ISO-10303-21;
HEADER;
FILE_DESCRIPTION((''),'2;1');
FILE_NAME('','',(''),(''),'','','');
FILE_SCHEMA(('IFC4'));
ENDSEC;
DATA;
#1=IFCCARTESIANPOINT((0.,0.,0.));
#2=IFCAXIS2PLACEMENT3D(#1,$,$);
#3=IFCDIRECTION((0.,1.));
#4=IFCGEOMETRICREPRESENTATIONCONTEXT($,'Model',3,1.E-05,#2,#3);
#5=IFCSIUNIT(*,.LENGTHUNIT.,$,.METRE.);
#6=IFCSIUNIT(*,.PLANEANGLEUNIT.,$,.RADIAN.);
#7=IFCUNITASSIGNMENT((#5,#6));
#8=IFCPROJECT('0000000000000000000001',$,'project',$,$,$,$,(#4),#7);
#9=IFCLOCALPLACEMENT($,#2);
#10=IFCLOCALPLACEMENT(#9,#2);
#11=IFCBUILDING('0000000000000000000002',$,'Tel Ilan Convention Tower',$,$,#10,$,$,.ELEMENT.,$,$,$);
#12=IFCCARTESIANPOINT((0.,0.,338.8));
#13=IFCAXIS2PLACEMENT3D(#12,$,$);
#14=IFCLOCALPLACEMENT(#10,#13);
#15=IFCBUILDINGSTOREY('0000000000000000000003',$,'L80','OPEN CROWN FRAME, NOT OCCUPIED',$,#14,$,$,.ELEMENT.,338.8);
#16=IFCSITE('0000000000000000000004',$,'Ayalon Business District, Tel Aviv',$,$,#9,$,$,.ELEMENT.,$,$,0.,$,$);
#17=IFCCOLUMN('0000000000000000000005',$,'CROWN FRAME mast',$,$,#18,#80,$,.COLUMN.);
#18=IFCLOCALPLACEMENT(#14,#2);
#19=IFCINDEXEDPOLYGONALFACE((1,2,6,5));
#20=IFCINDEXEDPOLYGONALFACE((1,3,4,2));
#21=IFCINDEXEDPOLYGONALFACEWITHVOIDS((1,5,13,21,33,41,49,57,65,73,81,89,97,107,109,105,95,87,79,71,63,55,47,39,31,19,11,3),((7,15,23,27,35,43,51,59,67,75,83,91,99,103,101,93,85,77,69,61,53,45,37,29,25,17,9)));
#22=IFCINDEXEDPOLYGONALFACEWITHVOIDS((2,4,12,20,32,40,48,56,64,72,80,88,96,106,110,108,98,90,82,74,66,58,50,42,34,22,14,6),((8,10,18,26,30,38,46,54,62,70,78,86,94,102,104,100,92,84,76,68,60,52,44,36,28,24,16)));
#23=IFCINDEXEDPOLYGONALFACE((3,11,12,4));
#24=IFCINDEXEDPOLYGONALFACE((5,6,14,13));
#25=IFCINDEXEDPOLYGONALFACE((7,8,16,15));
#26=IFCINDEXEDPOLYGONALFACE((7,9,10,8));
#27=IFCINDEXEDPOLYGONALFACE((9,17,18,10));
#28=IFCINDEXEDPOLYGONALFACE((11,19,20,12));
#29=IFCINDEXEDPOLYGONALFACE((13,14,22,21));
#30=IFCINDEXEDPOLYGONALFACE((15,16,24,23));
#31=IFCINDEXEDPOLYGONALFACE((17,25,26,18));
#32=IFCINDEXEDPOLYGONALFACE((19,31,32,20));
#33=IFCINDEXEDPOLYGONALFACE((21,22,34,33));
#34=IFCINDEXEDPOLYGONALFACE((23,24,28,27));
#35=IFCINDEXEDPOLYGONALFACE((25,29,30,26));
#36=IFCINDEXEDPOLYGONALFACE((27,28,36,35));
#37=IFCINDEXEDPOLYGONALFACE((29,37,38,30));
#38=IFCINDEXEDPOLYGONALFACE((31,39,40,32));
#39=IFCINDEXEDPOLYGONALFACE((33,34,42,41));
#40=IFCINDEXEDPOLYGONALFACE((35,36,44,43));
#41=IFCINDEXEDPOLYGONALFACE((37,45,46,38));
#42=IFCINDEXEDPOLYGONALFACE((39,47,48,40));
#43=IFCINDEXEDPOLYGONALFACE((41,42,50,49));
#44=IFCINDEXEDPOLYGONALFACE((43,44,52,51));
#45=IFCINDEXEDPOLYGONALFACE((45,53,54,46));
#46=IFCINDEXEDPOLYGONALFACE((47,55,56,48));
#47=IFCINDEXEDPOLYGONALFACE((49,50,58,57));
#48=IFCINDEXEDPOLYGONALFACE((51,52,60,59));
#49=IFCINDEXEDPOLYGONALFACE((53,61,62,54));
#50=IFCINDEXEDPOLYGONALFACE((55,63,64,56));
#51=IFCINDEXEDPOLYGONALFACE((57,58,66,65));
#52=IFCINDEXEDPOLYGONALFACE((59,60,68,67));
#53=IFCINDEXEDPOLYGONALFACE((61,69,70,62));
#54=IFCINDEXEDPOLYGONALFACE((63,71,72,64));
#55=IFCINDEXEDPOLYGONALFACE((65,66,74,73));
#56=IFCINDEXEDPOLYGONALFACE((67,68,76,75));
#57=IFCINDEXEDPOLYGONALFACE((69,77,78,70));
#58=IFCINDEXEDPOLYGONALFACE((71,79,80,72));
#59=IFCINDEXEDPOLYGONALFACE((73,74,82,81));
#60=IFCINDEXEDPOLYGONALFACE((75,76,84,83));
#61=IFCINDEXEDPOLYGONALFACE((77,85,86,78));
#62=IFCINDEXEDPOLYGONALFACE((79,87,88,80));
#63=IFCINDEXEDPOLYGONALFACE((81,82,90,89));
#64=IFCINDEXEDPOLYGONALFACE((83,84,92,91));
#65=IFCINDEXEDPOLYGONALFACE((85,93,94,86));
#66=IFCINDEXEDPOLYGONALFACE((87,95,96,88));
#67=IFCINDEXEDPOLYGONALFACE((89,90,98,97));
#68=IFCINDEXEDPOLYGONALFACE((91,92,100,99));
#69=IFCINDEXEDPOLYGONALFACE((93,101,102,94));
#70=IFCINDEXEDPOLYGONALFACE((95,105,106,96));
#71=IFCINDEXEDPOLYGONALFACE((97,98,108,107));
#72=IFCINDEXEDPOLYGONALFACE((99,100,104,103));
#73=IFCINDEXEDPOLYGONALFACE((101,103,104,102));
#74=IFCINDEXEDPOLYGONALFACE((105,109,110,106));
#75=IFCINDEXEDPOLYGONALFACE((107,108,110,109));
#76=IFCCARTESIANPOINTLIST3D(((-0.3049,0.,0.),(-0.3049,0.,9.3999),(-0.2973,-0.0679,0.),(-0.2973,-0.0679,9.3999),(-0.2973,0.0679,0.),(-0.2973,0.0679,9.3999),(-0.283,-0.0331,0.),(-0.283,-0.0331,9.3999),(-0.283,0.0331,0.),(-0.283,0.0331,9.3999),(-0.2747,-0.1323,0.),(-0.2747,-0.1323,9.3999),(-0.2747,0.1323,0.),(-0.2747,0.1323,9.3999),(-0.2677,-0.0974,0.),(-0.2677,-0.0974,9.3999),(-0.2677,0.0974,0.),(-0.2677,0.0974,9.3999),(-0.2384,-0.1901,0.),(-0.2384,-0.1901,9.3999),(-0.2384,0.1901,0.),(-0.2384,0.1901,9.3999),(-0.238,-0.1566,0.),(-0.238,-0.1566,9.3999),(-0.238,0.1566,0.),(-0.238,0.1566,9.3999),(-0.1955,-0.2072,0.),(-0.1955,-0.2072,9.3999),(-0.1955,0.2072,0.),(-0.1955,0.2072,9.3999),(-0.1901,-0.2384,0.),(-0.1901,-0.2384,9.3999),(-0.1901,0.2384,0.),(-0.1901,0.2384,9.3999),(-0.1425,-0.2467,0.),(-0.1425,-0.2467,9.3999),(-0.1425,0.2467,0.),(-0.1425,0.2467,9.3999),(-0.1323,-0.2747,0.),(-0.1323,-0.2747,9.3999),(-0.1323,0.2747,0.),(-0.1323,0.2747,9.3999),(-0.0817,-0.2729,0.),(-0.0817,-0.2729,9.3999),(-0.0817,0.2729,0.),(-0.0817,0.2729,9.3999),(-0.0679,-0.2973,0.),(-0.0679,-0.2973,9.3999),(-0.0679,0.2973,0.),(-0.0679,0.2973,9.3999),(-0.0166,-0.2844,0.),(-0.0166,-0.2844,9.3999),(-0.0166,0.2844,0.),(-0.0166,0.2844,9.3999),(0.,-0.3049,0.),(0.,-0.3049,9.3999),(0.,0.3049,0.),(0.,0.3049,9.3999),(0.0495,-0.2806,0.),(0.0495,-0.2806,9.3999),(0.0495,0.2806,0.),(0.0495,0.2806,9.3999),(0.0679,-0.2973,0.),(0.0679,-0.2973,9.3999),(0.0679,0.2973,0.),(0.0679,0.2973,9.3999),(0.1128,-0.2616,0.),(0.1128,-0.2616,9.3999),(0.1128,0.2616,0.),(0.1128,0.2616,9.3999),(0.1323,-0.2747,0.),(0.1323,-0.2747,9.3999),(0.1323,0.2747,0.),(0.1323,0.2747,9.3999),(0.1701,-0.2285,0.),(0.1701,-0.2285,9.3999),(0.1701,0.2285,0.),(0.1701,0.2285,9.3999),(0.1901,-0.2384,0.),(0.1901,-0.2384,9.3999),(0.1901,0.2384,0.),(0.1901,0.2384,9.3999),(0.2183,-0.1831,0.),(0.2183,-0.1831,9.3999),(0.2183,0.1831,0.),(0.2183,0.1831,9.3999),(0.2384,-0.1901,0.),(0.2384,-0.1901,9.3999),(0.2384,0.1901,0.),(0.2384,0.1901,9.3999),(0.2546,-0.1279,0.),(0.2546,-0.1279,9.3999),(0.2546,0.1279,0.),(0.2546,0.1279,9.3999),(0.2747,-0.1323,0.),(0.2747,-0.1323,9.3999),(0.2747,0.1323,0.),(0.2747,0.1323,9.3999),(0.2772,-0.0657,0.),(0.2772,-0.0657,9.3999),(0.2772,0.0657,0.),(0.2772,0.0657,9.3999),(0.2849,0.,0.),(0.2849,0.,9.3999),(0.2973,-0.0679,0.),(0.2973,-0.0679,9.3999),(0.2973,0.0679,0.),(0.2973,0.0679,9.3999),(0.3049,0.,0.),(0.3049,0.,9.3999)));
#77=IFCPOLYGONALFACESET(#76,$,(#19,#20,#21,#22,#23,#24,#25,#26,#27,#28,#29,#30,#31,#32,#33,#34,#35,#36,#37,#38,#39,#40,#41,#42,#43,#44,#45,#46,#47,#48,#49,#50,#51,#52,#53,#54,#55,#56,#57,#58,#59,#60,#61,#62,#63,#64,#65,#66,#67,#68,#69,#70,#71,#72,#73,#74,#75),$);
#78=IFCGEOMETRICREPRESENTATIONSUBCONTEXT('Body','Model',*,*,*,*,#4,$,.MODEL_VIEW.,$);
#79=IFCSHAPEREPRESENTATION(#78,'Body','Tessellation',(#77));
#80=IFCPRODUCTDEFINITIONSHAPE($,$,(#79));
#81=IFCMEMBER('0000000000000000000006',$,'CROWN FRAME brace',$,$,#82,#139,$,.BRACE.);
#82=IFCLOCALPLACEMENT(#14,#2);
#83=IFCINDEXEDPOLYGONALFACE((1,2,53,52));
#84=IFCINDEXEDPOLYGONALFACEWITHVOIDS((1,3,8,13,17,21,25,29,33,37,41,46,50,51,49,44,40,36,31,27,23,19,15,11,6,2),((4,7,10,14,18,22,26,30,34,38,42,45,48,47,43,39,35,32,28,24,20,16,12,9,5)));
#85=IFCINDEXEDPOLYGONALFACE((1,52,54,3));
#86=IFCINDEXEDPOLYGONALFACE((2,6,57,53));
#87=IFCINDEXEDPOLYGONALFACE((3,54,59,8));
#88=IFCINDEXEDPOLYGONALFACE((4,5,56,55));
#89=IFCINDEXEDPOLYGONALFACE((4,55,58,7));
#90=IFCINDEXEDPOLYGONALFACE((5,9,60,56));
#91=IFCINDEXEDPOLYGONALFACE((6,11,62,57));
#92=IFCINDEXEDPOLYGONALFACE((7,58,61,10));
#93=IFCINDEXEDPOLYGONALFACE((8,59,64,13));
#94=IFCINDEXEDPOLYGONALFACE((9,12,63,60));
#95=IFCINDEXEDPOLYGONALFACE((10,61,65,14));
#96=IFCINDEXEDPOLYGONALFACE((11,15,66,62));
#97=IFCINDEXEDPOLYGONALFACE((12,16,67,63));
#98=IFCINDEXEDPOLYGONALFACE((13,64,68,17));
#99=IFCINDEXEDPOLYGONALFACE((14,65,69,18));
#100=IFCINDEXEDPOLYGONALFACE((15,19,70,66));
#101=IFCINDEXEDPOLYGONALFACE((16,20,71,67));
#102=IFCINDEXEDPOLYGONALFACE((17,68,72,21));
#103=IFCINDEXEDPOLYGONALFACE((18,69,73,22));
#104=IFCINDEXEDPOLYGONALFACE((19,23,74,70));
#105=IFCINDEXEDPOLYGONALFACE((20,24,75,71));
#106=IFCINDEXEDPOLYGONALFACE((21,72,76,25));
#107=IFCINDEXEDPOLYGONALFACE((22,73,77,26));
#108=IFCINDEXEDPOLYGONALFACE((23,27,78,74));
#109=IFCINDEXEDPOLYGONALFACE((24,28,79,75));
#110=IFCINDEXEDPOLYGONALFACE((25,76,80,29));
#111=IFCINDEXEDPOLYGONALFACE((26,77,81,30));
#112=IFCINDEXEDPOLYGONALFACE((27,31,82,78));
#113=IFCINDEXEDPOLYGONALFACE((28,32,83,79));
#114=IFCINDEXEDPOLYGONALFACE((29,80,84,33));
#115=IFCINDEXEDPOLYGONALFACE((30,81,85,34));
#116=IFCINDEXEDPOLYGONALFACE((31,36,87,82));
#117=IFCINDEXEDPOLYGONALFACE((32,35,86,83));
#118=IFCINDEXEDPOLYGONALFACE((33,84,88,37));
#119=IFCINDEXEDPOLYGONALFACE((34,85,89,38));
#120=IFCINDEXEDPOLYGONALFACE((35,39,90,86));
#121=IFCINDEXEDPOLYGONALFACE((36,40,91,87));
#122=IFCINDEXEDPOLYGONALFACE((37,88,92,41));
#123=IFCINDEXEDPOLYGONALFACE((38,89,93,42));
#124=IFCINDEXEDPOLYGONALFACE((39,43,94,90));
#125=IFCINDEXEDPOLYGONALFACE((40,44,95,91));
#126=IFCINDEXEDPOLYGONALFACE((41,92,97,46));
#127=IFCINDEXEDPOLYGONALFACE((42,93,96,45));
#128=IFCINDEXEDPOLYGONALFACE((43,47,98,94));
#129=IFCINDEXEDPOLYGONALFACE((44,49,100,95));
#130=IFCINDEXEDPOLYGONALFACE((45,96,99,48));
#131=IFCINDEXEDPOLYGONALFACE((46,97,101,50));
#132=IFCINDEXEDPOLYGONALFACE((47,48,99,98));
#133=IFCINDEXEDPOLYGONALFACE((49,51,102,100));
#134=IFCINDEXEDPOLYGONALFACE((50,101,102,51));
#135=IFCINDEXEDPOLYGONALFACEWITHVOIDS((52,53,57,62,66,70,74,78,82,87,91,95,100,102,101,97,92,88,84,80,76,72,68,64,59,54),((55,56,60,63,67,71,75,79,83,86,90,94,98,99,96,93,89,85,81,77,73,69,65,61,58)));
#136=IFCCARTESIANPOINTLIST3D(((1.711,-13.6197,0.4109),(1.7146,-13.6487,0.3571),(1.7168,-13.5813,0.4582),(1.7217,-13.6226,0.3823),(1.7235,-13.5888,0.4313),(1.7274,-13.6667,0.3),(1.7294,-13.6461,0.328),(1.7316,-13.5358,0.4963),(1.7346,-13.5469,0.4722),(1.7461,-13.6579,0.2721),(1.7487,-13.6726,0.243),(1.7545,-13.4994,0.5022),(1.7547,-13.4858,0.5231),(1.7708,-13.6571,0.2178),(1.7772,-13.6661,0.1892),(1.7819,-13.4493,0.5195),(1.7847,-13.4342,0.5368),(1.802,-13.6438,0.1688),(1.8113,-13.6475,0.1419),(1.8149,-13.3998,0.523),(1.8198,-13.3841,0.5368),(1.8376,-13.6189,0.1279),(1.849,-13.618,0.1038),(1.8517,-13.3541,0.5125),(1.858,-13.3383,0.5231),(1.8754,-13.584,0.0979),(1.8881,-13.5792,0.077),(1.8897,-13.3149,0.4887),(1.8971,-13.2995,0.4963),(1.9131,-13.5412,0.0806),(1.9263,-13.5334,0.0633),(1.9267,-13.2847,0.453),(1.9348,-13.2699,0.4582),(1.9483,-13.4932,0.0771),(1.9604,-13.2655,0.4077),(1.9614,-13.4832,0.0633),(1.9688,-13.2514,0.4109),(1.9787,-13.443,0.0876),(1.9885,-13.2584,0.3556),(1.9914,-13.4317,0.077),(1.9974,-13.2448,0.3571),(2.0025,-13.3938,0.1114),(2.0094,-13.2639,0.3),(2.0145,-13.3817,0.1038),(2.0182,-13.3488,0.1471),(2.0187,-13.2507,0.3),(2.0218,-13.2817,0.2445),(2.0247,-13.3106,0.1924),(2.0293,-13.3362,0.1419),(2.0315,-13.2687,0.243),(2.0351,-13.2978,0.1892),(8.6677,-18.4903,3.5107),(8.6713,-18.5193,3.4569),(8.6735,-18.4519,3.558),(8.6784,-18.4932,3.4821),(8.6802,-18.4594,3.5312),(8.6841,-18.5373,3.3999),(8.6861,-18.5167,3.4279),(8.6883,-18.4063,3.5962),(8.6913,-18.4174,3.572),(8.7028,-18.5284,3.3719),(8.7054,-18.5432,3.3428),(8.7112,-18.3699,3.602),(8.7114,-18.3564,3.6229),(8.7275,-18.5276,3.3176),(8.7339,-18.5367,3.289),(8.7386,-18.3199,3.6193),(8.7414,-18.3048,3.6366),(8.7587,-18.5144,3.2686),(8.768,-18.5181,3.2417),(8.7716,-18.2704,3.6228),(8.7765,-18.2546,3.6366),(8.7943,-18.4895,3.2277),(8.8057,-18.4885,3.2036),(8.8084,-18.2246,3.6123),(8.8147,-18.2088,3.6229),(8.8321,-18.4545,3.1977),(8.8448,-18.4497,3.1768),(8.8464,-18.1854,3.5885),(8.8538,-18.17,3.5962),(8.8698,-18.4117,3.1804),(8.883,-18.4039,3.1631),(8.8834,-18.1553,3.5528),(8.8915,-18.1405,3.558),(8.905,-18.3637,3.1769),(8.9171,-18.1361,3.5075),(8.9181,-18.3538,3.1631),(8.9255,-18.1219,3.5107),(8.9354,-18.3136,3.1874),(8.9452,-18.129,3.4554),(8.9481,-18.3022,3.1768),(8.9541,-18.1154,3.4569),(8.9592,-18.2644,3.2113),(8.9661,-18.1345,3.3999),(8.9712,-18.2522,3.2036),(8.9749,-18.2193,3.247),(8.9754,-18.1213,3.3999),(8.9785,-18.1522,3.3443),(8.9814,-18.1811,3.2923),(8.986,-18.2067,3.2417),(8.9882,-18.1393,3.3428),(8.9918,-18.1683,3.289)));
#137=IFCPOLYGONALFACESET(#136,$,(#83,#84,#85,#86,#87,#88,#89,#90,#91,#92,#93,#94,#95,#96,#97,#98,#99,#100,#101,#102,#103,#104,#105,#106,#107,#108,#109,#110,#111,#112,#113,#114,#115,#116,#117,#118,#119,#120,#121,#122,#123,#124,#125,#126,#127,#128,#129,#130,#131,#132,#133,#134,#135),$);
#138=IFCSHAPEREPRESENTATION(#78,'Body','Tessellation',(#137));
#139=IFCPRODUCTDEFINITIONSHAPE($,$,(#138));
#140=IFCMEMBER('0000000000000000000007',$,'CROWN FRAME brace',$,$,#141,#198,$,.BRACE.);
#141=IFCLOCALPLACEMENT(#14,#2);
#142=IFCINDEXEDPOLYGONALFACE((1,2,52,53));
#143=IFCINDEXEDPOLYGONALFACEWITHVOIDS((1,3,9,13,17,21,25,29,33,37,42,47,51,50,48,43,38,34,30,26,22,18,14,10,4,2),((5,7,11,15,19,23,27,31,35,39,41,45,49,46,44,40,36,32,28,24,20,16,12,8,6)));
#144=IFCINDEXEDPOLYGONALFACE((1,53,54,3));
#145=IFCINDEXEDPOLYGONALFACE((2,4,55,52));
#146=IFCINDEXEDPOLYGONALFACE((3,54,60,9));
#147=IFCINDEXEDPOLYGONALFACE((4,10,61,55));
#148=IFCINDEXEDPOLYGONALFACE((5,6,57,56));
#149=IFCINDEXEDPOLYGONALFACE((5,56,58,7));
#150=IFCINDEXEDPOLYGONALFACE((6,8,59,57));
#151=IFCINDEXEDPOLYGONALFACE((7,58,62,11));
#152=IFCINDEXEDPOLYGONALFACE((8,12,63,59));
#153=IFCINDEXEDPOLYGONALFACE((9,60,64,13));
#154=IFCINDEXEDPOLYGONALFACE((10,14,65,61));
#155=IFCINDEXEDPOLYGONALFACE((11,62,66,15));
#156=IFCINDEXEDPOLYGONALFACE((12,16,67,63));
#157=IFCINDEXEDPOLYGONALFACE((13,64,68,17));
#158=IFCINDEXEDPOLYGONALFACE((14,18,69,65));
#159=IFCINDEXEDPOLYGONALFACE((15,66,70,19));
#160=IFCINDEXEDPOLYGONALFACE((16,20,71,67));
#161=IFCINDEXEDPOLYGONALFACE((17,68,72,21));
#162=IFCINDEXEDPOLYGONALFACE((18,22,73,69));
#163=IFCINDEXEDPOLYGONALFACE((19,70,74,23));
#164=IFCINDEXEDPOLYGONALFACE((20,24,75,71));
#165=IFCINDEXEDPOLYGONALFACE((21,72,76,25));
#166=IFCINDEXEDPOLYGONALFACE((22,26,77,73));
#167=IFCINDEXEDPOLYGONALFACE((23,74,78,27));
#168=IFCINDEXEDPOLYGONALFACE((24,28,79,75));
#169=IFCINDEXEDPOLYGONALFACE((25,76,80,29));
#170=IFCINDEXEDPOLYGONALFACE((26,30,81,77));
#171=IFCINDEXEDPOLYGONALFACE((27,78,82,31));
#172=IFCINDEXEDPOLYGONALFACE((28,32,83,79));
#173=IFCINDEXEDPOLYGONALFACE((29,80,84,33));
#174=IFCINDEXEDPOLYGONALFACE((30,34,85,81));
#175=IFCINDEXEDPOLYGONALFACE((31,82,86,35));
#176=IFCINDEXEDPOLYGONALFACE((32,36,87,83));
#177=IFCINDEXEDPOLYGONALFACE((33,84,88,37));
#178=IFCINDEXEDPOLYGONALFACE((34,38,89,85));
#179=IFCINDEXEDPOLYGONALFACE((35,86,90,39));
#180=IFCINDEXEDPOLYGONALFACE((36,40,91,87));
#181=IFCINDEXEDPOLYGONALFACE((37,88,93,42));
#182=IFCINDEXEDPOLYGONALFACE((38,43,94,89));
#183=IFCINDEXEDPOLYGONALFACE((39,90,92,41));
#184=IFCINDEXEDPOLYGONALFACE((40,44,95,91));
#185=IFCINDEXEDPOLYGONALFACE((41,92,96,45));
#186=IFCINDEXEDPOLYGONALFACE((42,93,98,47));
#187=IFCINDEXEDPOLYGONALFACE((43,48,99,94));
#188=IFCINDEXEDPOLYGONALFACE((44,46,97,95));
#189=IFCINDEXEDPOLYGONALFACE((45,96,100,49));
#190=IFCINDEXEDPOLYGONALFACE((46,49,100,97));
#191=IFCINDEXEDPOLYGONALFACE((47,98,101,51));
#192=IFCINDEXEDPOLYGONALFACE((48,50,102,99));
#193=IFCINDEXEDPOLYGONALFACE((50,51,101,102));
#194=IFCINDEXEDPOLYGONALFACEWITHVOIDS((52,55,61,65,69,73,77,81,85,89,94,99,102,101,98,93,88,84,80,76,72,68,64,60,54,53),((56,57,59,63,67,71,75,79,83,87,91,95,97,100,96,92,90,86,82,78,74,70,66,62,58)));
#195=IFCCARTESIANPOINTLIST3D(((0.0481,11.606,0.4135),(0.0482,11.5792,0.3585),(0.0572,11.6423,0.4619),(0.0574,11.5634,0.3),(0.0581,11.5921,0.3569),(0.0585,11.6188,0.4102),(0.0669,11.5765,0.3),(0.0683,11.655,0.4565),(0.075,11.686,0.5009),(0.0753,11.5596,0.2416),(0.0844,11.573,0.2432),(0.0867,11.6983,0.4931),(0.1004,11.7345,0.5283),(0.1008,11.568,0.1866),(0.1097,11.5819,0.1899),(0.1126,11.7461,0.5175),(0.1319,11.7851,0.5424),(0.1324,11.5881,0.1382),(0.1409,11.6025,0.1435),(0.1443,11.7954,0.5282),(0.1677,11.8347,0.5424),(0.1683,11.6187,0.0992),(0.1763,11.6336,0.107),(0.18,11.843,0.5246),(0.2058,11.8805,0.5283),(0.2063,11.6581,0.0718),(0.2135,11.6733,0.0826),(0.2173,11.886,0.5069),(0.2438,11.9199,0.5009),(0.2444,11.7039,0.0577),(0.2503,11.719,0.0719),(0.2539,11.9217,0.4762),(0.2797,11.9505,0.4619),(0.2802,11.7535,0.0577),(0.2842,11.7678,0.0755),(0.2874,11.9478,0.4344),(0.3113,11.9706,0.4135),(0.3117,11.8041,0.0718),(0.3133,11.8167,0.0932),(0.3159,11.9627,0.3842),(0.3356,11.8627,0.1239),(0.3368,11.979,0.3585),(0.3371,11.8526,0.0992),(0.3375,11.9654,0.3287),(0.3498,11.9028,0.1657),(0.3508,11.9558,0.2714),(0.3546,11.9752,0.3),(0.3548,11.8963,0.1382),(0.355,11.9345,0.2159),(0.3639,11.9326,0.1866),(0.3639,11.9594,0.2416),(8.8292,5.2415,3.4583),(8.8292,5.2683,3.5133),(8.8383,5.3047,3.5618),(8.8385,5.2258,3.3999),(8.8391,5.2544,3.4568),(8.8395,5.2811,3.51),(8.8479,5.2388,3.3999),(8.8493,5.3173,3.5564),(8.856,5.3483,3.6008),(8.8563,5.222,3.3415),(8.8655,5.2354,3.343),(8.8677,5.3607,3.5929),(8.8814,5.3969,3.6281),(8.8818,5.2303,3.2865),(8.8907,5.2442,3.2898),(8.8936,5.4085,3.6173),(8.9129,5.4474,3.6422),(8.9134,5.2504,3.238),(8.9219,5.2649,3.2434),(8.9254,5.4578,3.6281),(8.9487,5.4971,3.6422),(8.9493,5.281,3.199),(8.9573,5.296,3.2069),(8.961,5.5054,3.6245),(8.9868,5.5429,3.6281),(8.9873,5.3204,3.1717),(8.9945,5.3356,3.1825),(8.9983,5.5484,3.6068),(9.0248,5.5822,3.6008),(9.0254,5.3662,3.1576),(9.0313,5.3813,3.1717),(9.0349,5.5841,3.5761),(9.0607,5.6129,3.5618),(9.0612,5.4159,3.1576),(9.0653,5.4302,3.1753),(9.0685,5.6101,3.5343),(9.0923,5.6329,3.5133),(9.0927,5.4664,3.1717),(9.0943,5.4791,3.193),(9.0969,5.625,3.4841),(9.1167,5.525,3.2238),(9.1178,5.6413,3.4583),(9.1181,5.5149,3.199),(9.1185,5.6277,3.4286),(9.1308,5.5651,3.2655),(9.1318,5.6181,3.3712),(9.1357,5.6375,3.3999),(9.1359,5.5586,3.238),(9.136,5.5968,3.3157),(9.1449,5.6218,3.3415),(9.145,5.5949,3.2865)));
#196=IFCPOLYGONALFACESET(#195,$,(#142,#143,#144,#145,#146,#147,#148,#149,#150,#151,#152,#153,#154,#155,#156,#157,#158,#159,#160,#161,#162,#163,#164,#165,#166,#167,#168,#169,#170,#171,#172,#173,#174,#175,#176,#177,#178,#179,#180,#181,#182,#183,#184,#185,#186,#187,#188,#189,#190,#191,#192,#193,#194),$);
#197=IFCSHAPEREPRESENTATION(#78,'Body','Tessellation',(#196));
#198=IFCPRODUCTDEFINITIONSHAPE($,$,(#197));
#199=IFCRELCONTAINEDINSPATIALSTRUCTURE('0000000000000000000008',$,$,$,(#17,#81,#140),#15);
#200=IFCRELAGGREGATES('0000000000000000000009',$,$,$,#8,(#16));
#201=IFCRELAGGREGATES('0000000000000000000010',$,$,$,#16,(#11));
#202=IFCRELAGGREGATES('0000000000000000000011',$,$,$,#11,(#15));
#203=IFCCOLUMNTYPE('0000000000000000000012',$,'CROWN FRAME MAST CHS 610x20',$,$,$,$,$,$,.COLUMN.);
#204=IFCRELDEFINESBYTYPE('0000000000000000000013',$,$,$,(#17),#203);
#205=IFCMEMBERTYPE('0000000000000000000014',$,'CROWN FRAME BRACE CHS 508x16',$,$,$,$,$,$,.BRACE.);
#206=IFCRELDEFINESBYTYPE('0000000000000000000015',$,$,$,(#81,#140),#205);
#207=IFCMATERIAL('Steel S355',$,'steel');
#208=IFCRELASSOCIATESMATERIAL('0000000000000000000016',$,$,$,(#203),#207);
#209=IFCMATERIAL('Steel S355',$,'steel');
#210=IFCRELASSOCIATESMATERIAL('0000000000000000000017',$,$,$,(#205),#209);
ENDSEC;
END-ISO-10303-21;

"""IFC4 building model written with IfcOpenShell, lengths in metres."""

from ifc_helpers import new_model, si_unit, direction, frame, origin, origin_with_axes, origin_2d, place, context, subcontext, project, spatial, hollow_circle, extrude, material, material_profile, profile_set, type_object, element, save


model = new_model("IFC4")

# Units and contexts
model_context = context("Model", 3, precision=1e-05, world=origin(), true_north=direction((0.0, 1.0)))
body_context = subcontext(model_context, "Body", "Model", "MODEL_VIEW")
ifc_project = project(units=[si_unit("LENGTHUNIT", "METRE"), si_unit("PLANEANGLEUNIT", "RADIAN")], contexts=[model_context])

# Site, building, storey
site_placement = place(None, origin())
site = spatial("IfcSite", under=ifc_project, at=site_placement, Name="Ayalon Business District, Tel Aviv", CompositionType="ELEMENT", RefElevation=0.0)
building_placement = place(site_placement, origin())
building = spatial("IfcBuilding", under=site, at=building_placement, Name="Tel Ilan Convention Tower", CompositionType="ELEMENT")
storey_placement = place(building_placement, frame((0.0, 0.0, 338.8)))
storey = spatial("IfcBuildingStorey", under=building, at=storey_placement, Name="L80", Description="OPEN CROWN FRAME, NOT OCCUPIED", CompositionType="ELEMENT", Elevation=338.8)

# Column
ifc_material_1 = material(Name="Steel S355", Category="steel")
ifc_material_profile_1 = material_profile(ifc_material_1, hollow_circle(Radius=0.3049, WallThickness=0.02, at=origin_2d()), Name="CHS 610x20")
ifc_profile_set_1 = profile_set([ifc_material_profile_1], Name="Steel S355")
column_type_1 = type_object("IfcColumnType", Name="CROWN FRAME MAST CHS 610x20", PredefinedType="COLUMN", material=ifc_profile_set_1)
column_placement = place(storey_placement, origin_with_axes())
element("IfcColumn", 1, at=column_placement, inside=storey, type_object=column_type_1, Name="CROWN FRAME mast", PredefinedType="COLUMN", context=body_context, shape_type="SweptSolid", body=[
    extrude(hollow_circle(Radius=0.3049, WallThickness=0.02, at=origin_2d()), origin(), (0.0, 0.0, 1.0), 9.3999),
])

# Members
ifc_material_2 = material(Name="Steel S355", Category="steel")
ifc_material_profile_2 = material_profile(ifc_material_2, hollow_circle(Radius=0.2539, WallThickness=0.0161, at=origin_2d()), Name="CHS 508x16")
ifc_profile_set_2 = profile_set([ifc_material_profile_2], Name="Steel S355")
member_type = type_object("IfcMemberType", Name="CROWN FRAME BRACE CHS 508x16", PredefinedType="BRACE", material=ifc_profile_set_2)
member_placement = place(storey_placement, frame((1.873, -13.4587, 0.3), z_axis=(0.769522, -0.53876, 0.342889), x_axis=(0.57353, 0.819185, 0.0)))
element("IfcMember", 2, at=member_placement, inside=storey, type_object=member_type, Name="CROWN FRAME brace", PredefinedType="BRACE", context=body_context, shape_type="SweptSolid", body=[
    extrude(hollow_circle(Radius=0.2539, WallThickness=0.0161, at=origin_2d()), origin(), (0.0, 0.0, 1.0), 9.0403),
])
for number, where, z_axis, x_axis, name in (
    (3, (8.9871, 5.4316, 3.3999), (-0.779554, 0.562639, -0.275197), (-0.585236, -0.810863, 0.0), "CROWN FRAME brace"),
):
    element("IfcMember", number, at=place(storey_placement, frame(where, z_axis=z_axis, x_axis=x_axis)), inside=storey, type_object=member_type, Name=name, PredefinedType="BRACE", context=body_context, shape_type="SweptSolid", body=[
        extrude(hollow_circle(Radius=0.2539, WallThickness=0.0161, at=origin_2d()), origin(), (0.0, 0.0, 1.0), 11.2642),
    ])

save(model, "model.ifc")
